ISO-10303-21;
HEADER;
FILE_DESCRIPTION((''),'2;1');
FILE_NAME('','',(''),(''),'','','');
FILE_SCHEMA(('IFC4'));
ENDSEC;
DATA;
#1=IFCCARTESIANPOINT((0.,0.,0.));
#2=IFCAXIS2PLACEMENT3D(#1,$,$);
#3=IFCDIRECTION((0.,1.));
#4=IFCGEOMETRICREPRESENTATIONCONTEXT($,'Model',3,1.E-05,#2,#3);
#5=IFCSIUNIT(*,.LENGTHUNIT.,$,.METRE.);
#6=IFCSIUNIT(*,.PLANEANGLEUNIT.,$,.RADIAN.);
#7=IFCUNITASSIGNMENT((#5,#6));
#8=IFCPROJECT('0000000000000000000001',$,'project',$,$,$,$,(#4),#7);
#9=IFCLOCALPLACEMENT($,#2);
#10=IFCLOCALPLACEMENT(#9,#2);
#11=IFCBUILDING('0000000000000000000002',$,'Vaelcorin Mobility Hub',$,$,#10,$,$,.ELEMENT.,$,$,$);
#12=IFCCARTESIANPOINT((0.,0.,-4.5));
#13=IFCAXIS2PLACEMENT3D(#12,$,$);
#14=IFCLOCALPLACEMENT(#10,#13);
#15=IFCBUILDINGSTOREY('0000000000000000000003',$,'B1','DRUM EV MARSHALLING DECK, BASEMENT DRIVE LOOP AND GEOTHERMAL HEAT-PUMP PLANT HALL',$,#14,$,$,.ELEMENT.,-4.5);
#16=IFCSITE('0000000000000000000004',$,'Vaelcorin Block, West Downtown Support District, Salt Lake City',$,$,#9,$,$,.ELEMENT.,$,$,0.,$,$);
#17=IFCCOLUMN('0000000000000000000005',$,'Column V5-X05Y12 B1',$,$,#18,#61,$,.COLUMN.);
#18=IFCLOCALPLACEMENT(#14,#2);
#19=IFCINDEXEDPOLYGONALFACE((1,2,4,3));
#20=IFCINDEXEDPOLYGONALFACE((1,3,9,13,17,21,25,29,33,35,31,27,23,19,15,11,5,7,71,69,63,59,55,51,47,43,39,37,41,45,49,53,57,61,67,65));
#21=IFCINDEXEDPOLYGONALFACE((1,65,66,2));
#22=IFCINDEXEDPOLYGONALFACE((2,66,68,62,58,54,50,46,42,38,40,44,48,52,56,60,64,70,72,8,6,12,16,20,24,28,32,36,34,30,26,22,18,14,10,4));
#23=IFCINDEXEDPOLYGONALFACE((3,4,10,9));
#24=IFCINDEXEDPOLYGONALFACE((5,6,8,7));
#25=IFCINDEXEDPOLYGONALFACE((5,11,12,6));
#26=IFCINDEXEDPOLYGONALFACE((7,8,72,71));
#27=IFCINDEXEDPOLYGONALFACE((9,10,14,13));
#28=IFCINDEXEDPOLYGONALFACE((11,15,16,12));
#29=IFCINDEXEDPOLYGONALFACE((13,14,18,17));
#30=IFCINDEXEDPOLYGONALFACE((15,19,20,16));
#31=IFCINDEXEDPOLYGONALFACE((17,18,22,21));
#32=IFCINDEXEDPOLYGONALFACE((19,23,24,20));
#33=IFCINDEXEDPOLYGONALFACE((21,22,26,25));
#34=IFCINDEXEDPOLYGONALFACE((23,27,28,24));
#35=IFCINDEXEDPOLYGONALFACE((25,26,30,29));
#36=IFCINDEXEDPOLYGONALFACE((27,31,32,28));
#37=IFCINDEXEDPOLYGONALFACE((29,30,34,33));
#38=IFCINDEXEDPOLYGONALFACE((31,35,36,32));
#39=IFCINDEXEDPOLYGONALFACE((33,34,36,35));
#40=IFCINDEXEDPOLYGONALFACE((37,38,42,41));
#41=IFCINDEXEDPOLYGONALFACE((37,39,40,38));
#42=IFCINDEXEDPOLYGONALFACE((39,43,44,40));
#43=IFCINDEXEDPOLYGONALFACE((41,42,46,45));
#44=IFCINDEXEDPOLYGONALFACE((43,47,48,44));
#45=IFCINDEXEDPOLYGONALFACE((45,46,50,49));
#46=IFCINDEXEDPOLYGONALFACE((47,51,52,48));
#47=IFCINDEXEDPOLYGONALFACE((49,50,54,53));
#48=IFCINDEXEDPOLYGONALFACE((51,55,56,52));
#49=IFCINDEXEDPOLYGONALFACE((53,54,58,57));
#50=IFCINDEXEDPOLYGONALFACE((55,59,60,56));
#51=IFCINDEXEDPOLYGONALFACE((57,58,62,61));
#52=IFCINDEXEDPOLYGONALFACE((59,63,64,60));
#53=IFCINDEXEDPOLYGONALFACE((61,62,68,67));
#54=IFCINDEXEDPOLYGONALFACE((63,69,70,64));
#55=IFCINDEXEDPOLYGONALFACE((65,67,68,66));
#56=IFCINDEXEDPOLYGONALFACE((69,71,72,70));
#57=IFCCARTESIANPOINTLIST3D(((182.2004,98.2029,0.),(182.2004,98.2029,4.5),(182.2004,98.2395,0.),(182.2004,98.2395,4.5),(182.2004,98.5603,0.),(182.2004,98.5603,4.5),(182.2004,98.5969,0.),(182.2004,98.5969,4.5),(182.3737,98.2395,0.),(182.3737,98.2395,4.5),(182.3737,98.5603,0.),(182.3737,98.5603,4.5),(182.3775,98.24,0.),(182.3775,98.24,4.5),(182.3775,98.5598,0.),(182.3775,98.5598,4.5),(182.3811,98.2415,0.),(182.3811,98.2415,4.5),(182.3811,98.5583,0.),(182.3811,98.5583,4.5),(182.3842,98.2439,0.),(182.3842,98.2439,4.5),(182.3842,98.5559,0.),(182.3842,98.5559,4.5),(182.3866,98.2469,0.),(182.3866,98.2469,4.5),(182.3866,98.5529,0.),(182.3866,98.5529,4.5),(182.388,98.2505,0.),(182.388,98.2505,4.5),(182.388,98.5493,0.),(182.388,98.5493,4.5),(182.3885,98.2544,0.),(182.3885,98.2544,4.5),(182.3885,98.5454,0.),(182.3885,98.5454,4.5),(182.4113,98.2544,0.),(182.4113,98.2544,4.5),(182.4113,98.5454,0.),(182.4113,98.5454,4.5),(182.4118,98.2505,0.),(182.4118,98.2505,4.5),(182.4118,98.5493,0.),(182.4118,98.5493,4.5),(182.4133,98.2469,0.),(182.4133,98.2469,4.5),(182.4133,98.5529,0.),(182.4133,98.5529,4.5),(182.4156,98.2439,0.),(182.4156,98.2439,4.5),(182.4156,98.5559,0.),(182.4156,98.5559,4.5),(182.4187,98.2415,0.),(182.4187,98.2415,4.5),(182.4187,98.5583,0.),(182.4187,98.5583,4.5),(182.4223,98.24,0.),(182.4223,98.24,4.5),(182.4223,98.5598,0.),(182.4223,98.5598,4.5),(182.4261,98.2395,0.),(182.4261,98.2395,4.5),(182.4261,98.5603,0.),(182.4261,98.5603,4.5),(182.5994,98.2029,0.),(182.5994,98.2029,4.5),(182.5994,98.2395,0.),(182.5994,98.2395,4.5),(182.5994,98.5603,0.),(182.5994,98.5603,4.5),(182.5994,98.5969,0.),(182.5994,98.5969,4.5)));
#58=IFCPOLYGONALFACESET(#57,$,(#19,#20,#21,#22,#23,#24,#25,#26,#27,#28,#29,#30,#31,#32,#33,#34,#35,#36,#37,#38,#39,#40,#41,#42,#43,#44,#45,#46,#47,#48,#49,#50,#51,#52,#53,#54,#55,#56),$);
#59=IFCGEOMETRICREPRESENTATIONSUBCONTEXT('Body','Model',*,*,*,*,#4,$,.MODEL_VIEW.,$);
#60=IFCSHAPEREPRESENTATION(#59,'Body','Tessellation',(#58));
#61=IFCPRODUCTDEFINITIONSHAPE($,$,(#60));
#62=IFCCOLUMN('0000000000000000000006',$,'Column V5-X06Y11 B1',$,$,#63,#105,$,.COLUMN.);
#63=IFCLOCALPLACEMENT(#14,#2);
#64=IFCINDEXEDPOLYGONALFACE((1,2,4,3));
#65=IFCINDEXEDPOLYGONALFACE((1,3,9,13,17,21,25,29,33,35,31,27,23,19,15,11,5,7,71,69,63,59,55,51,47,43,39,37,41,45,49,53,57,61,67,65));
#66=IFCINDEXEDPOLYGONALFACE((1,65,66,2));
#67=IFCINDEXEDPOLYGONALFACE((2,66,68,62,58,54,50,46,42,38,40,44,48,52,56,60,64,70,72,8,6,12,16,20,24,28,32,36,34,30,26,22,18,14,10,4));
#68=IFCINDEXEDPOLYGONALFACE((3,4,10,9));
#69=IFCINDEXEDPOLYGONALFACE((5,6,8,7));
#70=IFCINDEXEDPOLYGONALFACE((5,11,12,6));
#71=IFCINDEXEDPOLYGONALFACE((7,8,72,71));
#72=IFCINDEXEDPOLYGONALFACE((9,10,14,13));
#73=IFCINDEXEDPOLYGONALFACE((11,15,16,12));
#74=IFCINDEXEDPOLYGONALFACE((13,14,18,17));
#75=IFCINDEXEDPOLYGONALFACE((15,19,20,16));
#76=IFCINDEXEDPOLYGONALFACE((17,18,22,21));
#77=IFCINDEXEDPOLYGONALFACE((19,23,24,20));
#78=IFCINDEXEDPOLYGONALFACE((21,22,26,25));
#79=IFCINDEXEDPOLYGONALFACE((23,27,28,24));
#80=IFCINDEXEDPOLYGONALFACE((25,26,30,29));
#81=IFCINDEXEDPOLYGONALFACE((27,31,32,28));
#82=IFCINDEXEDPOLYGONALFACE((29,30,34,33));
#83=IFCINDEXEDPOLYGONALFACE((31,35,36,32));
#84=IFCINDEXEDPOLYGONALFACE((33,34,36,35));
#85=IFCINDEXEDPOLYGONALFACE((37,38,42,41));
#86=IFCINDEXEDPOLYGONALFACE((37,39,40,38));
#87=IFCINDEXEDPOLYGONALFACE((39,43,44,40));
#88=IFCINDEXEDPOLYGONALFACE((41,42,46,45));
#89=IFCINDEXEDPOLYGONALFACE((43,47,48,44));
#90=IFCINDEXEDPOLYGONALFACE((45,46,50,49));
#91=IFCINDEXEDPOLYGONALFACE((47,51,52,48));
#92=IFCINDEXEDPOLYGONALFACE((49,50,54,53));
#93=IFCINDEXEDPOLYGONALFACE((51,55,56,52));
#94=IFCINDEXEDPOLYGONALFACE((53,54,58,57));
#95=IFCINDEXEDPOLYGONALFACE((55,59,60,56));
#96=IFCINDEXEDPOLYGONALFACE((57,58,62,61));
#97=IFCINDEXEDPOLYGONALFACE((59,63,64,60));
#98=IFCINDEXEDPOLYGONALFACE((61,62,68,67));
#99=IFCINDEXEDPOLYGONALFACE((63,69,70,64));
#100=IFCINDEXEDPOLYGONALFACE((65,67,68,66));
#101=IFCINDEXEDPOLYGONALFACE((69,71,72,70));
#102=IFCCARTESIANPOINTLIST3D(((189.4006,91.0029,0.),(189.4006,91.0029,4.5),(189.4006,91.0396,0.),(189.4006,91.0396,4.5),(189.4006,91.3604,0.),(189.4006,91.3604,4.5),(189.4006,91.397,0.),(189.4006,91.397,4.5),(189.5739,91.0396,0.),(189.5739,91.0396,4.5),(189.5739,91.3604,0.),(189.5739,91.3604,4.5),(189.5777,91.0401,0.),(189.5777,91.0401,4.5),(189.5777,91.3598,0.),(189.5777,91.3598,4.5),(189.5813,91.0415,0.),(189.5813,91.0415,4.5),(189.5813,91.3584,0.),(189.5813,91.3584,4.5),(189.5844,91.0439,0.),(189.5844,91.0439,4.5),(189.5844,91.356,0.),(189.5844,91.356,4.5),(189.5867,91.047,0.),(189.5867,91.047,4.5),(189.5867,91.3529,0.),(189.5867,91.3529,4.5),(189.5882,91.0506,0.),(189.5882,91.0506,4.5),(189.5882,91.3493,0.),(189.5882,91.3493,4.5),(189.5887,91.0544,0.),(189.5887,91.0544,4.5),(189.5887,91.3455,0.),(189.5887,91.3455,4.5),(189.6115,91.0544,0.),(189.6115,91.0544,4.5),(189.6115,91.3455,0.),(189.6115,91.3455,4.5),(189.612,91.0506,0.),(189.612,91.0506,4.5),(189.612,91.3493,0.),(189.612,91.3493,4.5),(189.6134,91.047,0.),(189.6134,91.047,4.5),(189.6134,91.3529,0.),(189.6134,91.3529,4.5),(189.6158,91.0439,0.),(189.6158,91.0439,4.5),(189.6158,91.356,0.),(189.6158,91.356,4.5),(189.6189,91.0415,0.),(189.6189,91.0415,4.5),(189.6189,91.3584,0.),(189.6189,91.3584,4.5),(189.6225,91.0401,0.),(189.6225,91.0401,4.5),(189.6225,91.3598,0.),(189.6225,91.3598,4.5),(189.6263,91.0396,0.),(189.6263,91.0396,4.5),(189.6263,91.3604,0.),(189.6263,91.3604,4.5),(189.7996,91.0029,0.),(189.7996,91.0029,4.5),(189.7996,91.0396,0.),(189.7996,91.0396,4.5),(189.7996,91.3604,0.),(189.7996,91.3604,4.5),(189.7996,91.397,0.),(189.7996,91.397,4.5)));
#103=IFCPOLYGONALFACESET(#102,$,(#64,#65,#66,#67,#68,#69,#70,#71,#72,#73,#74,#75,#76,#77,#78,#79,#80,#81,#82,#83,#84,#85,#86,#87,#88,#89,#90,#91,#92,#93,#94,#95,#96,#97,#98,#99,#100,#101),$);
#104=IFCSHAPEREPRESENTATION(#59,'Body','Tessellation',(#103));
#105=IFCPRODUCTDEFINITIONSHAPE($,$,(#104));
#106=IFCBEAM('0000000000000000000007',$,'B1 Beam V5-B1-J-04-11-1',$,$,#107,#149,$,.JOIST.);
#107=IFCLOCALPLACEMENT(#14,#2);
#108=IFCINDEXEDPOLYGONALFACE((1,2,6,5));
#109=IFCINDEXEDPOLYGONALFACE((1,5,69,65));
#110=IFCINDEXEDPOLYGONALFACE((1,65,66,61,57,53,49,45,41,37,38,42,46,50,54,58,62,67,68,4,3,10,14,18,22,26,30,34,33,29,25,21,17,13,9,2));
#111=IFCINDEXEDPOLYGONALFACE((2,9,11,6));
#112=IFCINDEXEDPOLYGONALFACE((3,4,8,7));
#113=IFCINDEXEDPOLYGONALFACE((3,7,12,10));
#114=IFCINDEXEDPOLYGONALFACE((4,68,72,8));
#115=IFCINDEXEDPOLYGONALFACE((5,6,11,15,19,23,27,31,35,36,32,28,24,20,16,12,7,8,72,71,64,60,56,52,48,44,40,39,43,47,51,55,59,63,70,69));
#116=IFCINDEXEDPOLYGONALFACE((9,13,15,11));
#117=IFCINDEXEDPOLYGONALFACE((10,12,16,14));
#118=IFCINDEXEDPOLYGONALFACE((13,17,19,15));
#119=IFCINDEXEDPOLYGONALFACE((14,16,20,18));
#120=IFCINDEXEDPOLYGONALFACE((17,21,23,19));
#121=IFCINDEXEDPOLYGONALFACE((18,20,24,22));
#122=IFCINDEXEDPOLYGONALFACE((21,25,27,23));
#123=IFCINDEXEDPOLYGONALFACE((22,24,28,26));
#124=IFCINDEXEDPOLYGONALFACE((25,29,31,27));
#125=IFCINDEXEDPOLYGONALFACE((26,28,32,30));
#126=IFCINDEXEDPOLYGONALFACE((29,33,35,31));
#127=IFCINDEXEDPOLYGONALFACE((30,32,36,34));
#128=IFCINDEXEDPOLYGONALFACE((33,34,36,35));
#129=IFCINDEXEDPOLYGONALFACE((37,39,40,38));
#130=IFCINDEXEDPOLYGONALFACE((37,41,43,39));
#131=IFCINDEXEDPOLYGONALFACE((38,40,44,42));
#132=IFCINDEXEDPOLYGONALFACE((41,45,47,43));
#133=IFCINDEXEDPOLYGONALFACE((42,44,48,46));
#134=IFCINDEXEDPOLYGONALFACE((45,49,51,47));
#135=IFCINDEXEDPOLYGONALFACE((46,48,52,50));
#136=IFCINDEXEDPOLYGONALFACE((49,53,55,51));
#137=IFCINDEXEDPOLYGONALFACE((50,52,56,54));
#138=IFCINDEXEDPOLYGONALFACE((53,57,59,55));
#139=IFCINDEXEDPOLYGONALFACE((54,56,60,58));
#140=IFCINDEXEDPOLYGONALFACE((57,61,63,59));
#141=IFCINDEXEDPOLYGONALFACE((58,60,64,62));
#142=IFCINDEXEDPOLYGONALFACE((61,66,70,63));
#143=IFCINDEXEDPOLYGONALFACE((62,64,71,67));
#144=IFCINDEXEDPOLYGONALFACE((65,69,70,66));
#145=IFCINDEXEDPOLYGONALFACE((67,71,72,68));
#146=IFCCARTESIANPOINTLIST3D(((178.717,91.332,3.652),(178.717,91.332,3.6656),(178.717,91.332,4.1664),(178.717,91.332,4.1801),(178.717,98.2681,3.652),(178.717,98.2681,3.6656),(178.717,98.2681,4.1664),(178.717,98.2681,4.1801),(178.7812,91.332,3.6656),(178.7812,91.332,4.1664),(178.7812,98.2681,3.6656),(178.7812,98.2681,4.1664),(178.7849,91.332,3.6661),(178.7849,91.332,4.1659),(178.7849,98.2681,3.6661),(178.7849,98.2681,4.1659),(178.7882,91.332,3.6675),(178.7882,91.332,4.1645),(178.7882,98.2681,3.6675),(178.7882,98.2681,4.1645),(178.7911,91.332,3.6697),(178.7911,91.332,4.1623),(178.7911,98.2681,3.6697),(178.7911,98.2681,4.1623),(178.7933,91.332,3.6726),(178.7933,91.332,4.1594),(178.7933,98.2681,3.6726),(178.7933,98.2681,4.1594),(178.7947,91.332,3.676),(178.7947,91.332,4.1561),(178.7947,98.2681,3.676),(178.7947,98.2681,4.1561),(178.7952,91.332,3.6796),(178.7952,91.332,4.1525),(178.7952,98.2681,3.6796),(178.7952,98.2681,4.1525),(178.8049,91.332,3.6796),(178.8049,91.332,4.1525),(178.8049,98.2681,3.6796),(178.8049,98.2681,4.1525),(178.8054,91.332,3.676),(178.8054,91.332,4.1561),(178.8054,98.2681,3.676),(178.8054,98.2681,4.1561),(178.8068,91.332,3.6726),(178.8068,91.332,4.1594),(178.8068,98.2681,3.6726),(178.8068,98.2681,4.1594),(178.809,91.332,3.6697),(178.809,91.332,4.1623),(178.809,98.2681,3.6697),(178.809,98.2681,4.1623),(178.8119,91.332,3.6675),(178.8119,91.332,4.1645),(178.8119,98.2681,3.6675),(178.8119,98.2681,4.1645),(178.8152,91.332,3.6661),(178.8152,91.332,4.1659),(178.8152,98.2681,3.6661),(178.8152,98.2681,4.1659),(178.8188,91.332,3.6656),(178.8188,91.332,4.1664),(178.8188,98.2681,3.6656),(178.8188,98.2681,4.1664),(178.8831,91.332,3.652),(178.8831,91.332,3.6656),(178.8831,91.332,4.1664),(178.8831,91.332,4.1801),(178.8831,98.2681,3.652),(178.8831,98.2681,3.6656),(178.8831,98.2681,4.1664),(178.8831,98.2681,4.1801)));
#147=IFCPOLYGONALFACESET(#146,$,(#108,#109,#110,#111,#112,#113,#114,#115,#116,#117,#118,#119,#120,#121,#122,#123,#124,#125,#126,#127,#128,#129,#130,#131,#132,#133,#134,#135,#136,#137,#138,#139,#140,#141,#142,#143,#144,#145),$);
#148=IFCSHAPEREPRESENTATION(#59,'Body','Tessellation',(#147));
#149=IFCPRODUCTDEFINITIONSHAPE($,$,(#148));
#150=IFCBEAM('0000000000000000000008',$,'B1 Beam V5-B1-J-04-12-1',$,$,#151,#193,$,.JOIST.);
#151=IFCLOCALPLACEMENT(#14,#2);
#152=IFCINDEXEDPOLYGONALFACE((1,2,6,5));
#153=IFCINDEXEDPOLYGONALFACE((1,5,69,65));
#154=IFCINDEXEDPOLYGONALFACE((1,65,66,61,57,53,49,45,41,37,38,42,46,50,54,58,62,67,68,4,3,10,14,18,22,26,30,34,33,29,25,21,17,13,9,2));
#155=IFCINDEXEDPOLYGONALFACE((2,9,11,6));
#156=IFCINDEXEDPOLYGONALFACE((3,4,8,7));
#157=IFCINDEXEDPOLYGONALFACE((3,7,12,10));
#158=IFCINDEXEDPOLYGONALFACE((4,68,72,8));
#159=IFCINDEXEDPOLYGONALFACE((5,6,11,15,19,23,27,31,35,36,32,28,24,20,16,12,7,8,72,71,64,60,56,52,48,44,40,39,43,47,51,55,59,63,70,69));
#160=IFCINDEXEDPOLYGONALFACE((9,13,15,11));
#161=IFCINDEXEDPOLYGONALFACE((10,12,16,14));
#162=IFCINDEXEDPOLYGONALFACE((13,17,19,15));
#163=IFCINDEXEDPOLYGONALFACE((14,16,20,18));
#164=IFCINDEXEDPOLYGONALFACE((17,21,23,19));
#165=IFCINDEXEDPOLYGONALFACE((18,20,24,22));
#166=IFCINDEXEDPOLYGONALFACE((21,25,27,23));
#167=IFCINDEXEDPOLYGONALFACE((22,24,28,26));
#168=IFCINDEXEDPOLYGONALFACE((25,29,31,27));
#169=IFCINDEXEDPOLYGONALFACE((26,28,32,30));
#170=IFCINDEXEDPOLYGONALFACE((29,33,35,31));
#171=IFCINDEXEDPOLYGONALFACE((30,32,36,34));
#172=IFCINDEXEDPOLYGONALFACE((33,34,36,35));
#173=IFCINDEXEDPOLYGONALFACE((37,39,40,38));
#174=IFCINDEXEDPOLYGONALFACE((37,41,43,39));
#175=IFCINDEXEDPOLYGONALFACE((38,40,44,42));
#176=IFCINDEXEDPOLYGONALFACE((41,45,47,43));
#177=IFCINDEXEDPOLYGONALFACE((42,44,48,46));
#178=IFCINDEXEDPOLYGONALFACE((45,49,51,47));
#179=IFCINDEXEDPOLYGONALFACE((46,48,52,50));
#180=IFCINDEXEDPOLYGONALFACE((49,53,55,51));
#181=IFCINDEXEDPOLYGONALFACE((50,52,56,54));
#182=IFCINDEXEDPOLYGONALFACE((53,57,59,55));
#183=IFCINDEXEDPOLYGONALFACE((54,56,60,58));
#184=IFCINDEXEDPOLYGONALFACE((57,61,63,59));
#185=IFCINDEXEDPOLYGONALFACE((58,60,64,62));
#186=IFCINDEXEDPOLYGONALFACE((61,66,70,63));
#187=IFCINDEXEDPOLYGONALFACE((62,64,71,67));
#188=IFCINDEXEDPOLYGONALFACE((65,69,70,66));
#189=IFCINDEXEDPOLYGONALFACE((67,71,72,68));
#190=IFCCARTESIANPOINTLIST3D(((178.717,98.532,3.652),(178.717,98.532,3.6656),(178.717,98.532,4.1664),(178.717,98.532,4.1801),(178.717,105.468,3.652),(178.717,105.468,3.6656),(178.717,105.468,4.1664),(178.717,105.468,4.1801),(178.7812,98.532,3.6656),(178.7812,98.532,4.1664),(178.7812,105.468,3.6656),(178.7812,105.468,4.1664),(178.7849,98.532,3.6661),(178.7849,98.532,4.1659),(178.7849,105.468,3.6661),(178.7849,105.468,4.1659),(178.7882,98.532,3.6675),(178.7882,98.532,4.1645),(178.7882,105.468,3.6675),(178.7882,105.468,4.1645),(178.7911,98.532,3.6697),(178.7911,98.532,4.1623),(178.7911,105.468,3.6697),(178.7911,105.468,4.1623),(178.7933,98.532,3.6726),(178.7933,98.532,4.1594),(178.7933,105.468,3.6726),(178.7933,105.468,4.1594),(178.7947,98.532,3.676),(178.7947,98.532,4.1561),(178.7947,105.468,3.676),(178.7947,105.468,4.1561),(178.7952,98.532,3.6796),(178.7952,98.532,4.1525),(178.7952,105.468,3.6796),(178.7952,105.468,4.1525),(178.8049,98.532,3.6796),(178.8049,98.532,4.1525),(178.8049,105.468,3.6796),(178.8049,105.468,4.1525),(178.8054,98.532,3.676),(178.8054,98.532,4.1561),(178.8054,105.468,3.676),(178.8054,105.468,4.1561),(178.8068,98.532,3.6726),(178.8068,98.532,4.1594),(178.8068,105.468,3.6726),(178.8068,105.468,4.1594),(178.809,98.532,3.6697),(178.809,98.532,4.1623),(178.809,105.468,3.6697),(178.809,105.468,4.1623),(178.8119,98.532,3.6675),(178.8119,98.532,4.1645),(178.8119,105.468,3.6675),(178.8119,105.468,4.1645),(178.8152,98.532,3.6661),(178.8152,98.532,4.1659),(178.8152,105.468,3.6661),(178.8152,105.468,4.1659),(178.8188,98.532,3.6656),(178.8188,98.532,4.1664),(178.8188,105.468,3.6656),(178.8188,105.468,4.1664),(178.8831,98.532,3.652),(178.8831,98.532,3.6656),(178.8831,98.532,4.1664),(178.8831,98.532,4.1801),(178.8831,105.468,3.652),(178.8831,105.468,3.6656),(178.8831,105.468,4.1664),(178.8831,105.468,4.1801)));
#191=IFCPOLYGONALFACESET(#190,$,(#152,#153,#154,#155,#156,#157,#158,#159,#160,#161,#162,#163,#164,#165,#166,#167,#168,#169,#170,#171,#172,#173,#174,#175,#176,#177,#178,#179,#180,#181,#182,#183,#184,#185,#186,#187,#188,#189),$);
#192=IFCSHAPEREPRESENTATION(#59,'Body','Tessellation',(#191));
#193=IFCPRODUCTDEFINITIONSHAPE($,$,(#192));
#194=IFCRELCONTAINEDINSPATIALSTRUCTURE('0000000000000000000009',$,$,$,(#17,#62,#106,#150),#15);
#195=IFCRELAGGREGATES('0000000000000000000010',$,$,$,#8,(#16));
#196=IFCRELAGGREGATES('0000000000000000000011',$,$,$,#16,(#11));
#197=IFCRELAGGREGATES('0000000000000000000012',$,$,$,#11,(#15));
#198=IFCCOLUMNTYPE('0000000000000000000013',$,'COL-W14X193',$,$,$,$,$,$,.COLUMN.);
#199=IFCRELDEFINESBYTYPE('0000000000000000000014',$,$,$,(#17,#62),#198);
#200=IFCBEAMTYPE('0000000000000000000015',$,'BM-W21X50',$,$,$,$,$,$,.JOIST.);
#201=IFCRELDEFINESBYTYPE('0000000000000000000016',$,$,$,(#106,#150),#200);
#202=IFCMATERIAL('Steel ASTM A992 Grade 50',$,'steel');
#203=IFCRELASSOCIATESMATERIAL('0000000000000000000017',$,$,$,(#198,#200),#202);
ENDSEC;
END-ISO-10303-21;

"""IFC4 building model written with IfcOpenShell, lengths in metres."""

from ifc_helpers import new_model, si_unit, direction, frame, origin, origin_2d, place, context, subcontext, project, spatial, i_section, extrude, material, material_profile, profile_set, type_object, element, save


model = new_model("IFC4")

# Units and contexts
model_context = context("Model", 3, precision=1e-05, world=origin(), true_north=direction((0.0, 1.0)))
body_context = subcontext(model_context, "Body", "Model", "MODEL_VIEW")
ifc_project = project(units=[si_unit("LENGTHUNIT", "METRE"), si_unit("PLANEANGLEUNIT", "RADIAN")], contexts=[model_context])

# Site, building, storey
site_placement = place(None, origin())
site = spatial("IfcSite", under=ifc_project, at=site_placement, Name="Vaelcorin Block, West Downtown Support District, Salt Lake City", CompositionType="ELEMENT", RefElevation=0.0)
building_placement = place(site_placement, origin())
building = spatial("IfcBuilding", under=site, at=building_placement, Name="Vaelcorin Mobility Hub", CompositionType="ELEMENT")
storey_placement = place(building_placement, frame((0.0, 0.0, -4.5)))
storey = spatial("IfcBuildingStorey", under=building, at=storey_placement, Name="B1", Description="DRUM EV MARSHALLING DECK, BASEMENT DRIVE LOOP AND GEOTHERMAL HEAT-PUMP PLANT HALL", CompositionType="ELEMENT", Elevation=-4.5)

# Columns
ifc_material_1 = material(Name="Steel ASTM A992 Grade 50", Category="steel")
ifc_material_profile_1 = material_profile(ifc_material_1, i_section(OverallWidth=0.3989, OverallDepth=0.394, WebThickness=0.0227, FlangeThickness=0.0366, FilletRadius=0.0149, at=origin_2d()), Name="W14X193")
ifc_profile_set_1 = profile_set([ifc_material_profile_1], Name="Steel ASTM A992 Grade 50")
column_type = type_object("IfcColumnType", Name="COL-W14X193", PredefinedType="COLUMN", material=ifc_profile_set_1)
for number, where, z_axis, x_axis, name in (
    (1, (182.3999, 98.3999, 0.0), (0.0, 0.0, 1.0), (1.0, 0.0, 0.0), "Column V5-X05Y12 B1"),
    (2, (189.6001, 91.2, 0.0), (0.0, 0.0, 1.0), (1.0, 0.0, 0.0), "Column V5-X06Y11 B1"),
):
    element("IfcColumn", number, at=place(storey_placement, frame(where, z_axis=z_axis, x_axis=x_axis)), inside=storey, type_object=column_type, Name=name, PredefinedType="COLUMN", context=body_context, shape_type="SweptSolid", body=[
        extrude(i_section(OverallWidth=0.3989, OverallDepth=0.394, WebThickness=0.0227, FlangeThickness=0.0366, FilletRadius=0.0149, at=origin_2d()), origin(), (0.0, 0.0, 1.0), 4.5),
    ])

# Beams
ifc_material_profile_2 = material_profile(ifc_material_1, i_section(OverallWidth=0.166, OverallDepth=0.5281, WebThickness=0.0098, FlangeThickness=0.0137, FilletRadius=0.0139, at=origin_2d()), Name="W21X50")
ifc_profile_set_2 = profile_set([ifc_material_profile_2], Name="Steel ASTM A992 Grade 50")
beam_type_1 = type_object("IfcBeamType", Name="BM-W21X50", PredefinedType="JOIST", material=ifc_profile_set_2)
for number, where, z_axis, x_axis, name in (
    (3, (178.8, 91.332, 3.916), (0.0, 1.0, 0.0), (-1.0, 0.0, 0.0), "B1 Beam V5-B1-J-04-11-1"),
    (4, (178.8, 98.532, 3.916), (0.0, 1.0, 0.0), (-1.0, 0.0, 0.0), "B1 Beam V5-B1-J-04-12-1"),
):
    element("IfcBeam", number, at=place(storey_placement, frame(where, z_axis=z_axis, x_axis=x_axis)), inside=storey, type_object=beam_type_1, Name=name, PredefinedType="JOIST", context=body_context, shape_type="SweptSolid", body=[
        extrude(i_section(OverallWidth=0.166, OverallDepth=0.5281, WebThickness=0.0098, FlangeThickness=0.0137, FilletRadius=0.0139, at=origin_2d()), origin(), (0.0, 0.0, 1.0), 6.936),
    ])

save(model, "model.ifc")
